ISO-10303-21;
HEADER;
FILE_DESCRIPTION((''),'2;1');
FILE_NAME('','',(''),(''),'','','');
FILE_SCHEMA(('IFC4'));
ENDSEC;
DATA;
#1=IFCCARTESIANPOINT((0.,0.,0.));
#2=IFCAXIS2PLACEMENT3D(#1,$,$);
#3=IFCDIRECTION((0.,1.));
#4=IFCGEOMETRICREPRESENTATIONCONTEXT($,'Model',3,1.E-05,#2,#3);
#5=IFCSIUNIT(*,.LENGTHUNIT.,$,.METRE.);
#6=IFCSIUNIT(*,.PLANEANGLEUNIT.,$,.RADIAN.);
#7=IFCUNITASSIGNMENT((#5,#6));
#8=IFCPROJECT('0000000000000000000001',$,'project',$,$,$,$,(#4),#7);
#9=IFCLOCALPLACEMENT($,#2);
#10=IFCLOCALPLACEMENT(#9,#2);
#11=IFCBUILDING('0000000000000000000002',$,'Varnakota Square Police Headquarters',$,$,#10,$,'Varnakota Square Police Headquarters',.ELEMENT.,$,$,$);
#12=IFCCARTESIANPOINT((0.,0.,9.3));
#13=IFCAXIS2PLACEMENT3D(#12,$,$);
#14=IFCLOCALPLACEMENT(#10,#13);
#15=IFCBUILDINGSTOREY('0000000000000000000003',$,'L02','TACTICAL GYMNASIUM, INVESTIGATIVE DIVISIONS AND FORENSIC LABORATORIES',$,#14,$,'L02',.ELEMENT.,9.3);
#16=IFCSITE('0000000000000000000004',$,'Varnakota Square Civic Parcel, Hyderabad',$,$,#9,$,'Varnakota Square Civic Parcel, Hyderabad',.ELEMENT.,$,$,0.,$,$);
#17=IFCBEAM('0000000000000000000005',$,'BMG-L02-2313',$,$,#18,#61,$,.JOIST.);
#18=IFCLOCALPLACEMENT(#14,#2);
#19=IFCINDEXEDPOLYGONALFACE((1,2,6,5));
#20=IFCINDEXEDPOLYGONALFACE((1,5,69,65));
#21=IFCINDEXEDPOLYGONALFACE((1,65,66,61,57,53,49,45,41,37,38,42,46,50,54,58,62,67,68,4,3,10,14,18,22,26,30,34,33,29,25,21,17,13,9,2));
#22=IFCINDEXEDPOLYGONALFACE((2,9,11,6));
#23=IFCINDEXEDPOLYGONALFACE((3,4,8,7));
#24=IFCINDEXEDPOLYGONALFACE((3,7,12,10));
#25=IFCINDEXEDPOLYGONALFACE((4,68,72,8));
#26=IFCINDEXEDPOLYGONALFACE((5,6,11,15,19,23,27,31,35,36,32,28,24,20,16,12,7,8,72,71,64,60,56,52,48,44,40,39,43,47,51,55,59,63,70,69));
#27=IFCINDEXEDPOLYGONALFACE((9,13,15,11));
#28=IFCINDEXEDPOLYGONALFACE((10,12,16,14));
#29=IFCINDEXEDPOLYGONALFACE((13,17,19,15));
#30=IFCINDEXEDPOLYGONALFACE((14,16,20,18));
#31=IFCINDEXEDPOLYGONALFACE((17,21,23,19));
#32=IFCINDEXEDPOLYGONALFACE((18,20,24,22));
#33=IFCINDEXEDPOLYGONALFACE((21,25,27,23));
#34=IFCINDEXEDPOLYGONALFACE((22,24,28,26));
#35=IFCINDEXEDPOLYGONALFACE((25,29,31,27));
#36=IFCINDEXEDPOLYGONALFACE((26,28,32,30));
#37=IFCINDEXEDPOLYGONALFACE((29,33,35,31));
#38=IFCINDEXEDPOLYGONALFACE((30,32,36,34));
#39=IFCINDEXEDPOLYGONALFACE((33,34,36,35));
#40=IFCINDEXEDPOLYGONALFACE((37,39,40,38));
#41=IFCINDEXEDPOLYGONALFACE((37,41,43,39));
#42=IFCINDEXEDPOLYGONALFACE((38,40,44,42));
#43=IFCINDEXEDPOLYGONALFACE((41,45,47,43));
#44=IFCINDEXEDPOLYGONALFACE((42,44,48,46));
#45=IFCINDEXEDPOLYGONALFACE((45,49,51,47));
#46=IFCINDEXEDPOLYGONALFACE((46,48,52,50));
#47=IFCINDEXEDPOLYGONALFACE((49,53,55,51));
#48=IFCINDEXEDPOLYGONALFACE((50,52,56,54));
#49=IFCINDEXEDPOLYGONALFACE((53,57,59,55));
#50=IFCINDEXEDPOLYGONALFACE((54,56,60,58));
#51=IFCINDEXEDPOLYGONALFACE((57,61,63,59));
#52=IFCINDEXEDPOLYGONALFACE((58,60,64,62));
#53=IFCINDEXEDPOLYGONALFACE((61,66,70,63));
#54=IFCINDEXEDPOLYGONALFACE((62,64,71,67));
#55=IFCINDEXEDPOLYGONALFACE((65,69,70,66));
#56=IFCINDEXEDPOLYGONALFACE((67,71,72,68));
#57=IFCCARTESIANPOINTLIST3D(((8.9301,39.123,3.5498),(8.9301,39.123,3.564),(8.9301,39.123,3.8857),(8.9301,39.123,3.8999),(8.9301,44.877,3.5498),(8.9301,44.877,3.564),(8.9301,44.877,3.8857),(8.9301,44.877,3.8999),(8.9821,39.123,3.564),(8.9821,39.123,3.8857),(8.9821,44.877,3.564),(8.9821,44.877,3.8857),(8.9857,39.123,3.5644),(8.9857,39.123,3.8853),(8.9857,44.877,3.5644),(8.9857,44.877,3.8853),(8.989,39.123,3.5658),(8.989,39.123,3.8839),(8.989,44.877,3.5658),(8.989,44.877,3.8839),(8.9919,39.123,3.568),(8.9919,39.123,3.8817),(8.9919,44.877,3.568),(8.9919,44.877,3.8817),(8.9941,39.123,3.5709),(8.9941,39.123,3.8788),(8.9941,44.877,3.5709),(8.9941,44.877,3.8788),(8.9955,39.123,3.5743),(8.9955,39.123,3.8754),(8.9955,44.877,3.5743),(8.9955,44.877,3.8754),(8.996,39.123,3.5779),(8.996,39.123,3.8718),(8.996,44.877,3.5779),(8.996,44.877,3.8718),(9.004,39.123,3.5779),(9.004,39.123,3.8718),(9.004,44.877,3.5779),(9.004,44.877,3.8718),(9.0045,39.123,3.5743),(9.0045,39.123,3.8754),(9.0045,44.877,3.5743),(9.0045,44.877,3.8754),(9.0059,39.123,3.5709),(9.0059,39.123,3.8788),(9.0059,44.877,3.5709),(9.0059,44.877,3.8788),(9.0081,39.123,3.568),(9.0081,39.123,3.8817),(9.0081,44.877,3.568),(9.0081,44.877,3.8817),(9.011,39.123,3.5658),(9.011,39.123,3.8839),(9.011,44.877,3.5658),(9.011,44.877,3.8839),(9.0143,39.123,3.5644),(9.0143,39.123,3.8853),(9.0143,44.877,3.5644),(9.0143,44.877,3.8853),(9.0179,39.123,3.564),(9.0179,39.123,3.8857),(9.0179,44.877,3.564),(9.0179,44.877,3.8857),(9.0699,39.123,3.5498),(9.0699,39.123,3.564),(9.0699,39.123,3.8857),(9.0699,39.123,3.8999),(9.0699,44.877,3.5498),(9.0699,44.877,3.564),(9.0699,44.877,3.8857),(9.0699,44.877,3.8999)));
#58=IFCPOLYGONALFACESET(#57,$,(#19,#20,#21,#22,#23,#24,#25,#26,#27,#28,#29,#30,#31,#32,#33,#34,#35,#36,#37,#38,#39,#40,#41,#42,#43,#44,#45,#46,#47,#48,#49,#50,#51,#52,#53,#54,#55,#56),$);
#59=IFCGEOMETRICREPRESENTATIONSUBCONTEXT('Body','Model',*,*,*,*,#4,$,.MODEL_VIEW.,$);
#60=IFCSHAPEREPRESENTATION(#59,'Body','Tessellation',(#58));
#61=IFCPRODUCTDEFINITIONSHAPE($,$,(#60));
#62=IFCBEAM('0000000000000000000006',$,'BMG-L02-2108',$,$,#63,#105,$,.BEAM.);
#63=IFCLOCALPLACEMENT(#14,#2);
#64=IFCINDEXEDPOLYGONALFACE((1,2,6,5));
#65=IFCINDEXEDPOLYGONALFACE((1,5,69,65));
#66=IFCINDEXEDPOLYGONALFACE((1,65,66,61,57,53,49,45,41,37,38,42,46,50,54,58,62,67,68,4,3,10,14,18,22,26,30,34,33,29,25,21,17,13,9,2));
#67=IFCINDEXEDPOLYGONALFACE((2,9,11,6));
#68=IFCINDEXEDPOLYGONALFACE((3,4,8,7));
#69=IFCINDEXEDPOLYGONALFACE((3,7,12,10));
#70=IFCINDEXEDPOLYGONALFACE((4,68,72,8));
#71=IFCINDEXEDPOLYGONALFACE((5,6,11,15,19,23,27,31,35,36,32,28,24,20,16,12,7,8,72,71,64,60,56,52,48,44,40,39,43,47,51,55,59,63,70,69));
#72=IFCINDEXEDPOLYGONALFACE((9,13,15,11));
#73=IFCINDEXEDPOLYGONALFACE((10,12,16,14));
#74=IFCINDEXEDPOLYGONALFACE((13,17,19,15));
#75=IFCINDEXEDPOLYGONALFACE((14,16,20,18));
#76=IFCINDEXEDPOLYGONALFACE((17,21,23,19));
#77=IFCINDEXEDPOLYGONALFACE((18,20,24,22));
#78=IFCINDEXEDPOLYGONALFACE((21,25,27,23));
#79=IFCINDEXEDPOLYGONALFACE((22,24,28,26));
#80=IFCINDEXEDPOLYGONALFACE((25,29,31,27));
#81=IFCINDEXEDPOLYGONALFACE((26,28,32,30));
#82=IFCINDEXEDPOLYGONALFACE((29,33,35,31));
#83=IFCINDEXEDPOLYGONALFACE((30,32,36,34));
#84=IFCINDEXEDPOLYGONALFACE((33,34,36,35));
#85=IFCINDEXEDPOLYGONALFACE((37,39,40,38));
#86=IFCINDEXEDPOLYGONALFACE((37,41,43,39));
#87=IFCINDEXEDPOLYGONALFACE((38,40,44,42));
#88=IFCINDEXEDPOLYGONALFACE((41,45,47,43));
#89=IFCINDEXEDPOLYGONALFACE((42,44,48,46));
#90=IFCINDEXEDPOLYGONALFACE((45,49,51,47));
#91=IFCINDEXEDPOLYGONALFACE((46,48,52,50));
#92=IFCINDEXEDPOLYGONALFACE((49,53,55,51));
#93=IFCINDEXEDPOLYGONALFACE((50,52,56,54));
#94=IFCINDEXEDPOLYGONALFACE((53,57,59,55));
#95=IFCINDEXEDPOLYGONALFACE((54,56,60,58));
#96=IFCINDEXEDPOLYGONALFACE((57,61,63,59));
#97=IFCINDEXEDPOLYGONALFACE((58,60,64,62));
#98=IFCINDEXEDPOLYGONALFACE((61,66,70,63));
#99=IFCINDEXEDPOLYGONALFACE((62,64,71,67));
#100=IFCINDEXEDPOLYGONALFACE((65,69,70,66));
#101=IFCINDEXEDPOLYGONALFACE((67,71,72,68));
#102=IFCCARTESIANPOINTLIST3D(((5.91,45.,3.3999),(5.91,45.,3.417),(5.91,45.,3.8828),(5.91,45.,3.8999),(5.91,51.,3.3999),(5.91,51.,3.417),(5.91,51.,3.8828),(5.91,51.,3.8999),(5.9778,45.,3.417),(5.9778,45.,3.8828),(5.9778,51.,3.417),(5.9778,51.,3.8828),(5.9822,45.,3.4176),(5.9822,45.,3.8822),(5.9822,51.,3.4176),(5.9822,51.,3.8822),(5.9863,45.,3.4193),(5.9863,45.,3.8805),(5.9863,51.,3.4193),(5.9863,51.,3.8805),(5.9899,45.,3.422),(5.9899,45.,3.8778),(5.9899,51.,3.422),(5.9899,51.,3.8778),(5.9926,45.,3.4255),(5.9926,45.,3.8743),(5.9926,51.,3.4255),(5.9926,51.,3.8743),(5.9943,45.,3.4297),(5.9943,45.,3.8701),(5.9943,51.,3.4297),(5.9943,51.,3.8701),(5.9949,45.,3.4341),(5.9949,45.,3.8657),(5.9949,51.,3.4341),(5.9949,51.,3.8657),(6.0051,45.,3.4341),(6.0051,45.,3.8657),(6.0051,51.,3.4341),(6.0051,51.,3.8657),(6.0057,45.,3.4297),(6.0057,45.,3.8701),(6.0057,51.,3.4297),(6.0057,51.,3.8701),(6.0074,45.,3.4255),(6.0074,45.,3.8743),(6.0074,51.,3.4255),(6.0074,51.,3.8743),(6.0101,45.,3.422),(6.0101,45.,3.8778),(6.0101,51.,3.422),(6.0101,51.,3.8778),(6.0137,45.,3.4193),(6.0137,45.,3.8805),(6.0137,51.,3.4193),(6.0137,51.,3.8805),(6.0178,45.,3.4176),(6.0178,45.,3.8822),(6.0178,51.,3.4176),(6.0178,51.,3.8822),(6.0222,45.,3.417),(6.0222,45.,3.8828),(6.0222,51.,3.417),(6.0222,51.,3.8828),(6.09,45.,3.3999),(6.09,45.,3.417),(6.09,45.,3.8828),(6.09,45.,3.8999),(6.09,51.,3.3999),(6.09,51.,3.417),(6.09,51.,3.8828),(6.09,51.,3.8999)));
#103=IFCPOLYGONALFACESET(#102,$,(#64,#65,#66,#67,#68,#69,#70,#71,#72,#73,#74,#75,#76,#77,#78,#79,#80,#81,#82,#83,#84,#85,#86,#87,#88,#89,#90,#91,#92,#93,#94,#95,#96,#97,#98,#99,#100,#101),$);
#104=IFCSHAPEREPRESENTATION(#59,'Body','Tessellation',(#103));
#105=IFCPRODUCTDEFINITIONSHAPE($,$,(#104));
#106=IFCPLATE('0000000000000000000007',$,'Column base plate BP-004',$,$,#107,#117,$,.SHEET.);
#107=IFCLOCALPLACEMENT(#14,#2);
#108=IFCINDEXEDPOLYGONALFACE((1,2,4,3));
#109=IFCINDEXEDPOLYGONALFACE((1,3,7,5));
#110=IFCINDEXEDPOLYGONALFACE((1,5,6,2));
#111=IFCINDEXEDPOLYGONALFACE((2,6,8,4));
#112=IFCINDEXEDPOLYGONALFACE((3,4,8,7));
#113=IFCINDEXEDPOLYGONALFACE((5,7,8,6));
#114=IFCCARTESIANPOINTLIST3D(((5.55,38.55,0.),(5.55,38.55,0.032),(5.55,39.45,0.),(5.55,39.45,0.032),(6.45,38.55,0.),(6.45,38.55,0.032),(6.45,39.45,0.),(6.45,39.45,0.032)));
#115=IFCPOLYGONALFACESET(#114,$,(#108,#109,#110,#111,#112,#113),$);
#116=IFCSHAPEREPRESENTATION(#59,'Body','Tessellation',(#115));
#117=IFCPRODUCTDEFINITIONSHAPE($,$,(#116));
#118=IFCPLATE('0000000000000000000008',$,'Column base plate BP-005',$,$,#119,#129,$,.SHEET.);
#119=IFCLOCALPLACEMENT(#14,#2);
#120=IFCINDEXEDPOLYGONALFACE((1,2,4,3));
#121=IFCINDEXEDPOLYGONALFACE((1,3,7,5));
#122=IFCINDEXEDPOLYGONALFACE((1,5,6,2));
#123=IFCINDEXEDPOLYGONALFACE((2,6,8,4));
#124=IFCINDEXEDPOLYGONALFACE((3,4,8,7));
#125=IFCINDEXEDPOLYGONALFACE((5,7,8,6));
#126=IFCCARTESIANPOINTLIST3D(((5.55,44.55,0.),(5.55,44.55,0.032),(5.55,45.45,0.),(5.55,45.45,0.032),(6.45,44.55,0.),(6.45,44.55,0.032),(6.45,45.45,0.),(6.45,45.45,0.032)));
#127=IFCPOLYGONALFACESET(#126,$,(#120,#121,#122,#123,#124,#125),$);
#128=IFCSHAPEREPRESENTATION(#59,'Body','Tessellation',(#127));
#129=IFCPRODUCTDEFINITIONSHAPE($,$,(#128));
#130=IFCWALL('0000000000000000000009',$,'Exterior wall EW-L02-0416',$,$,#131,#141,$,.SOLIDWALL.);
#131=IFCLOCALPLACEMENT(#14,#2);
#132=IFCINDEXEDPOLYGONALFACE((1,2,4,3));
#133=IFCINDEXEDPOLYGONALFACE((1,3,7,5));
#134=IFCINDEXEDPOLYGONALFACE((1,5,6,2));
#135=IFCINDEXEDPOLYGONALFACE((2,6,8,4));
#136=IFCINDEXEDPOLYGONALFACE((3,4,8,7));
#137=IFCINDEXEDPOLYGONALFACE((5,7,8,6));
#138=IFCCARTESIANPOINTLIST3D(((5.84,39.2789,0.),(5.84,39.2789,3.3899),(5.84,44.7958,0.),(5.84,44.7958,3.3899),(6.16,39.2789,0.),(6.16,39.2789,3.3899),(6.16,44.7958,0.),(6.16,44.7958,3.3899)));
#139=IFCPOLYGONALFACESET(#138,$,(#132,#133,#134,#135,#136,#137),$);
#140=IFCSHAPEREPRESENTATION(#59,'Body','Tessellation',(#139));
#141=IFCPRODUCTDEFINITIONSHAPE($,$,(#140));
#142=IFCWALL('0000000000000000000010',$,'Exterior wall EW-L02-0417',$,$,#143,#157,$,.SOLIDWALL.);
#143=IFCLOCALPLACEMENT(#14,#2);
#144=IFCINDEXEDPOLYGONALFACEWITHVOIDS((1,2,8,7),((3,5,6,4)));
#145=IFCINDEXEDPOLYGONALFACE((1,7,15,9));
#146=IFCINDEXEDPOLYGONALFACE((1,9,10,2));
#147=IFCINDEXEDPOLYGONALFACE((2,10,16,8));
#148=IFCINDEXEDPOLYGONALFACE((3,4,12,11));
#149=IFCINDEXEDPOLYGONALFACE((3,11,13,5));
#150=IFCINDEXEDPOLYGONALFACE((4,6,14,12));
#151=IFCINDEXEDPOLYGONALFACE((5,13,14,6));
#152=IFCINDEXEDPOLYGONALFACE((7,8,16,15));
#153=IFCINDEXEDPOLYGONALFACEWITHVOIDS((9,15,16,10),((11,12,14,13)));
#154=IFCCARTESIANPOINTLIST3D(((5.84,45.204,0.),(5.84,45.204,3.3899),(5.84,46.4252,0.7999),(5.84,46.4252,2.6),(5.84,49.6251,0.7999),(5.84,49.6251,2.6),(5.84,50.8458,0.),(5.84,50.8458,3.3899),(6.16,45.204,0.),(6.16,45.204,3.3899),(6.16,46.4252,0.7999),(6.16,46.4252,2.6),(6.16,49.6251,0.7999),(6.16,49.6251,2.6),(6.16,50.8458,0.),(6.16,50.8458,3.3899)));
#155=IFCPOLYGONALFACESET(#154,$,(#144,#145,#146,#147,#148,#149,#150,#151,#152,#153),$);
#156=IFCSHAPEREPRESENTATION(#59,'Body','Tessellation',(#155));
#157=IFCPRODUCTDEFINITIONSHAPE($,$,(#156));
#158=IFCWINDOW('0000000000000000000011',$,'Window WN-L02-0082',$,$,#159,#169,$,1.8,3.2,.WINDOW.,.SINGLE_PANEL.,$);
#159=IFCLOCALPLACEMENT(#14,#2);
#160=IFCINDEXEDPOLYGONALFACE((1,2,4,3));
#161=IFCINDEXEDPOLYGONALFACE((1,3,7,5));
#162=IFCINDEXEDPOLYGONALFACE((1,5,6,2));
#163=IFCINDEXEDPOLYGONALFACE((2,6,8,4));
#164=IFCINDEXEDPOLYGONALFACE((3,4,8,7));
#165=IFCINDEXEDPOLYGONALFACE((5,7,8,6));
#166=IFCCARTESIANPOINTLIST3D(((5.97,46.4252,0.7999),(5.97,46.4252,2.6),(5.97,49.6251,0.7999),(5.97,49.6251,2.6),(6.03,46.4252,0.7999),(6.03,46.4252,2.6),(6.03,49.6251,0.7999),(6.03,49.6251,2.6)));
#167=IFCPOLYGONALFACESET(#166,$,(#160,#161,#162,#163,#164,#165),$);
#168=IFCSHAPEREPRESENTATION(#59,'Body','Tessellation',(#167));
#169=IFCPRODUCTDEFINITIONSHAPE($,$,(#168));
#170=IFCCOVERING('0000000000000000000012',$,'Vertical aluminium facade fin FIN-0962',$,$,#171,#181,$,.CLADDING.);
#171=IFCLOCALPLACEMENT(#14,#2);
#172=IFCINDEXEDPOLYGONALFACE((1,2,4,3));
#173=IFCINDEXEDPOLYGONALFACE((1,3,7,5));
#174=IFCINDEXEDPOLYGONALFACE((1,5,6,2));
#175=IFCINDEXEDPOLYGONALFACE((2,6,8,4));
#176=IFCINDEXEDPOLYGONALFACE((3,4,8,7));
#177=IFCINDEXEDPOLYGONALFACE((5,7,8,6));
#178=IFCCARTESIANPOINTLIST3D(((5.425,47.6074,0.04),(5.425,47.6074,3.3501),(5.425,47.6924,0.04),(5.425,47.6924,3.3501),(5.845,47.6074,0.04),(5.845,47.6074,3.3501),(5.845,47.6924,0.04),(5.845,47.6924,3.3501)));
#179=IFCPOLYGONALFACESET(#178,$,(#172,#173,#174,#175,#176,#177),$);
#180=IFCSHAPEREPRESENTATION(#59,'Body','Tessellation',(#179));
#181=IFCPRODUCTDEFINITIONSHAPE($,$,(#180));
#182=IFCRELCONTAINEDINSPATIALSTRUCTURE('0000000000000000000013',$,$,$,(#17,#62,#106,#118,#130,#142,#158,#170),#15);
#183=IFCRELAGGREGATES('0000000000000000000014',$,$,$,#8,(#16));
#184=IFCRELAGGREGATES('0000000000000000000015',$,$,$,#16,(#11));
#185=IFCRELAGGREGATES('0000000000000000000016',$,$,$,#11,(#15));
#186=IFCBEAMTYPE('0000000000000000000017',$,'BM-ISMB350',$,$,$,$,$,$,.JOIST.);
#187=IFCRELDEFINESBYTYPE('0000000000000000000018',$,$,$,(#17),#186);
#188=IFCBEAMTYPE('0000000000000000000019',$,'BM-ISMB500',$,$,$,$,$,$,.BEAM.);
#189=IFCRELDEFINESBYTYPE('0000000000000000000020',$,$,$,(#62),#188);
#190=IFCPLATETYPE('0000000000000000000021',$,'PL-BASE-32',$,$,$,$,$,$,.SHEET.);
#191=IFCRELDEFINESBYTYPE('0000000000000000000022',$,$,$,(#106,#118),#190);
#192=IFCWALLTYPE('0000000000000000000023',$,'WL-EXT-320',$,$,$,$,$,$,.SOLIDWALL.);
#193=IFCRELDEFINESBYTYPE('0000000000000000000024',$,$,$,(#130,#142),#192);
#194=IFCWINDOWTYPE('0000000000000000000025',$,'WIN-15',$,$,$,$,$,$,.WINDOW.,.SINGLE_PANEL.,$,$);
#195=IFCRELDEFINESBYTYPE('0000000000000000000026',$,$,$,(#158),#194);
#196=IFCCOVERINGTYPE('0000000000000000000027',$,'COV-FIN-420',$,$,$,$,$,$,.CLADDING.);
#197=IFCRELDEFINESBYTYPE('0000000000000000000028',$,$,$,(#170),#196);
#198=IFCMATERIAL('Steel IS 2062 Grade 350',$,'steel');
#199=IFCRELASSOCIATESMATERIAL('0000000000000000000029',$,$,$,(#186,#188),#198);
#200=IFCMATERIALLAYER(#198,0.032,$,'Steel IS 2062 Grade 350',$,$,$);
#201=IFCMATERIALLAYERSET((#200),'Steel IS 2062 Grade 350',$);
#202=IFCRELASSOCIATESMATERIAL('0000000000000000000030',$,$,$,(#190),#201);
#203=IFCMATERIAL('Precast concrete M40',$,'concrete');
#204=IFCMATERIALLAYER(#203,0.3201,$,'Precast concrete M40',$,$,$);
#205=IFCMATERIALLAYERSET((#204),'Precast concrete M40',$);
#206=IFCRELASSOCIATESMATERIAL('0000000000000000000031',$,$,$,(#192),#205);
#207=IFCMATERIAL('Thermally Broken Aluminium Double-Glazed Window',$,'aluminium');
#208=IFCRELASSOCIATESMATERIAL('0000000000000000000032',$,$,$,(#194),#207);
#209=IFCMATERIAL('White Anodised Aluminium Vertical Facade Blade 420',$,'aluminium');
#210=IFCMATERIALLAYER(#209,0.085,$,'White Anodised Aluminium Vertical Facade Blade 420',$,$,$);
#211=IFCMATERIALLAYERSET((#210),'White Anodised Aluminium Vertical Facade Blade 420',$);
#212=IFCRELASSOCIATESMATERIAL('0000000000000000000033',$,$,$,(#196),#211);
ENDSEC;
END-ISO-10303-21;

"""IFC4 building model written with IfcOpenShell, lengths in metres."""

from ifc_helpers import new_model, si_unit, direction, frame, frame_2d, origin, origin_2d, place, context, subcontext, project, spatial, rectangle, i_section, extrude, material, layer, layer_set, material_profile, profile_set, type_object, element, fill, save


model = new_model("IFC4")

# Units and contexts
model_context = context("Model", 3, precision=1e-05, world=origin(), true_north=direction((0.0, 1.0)))
body_context = subcontext(model_context, "Body", "Model", "MODEL_VIEW")
ifc_project = project(units=[si_unit("LENGTHUNIT", "METRE"), si_unit("PLANEANGLEUNIT", "RADIAN")], contexts=[model_context])

# Site, building, storey
site_placement = place(None, origin())
site = spatial("IfcSite", under=ifc_project, at=site_placement, Name="Varnakota Square Civic Parcel, Hyderabad", LongName="Varnakota Square Civic Parcel, Hyderabad", CompositionType="ELEMENT", RefElevation=0.0)
building_placement = place(site_placement, origin())
building = spatial("IfcBuilding", under=site, at=building_placement, Name="Varnakota Square Police Headquarters", LongName="Varnakota Square Police Headquarters", CompositionType="ELEMENT")
storey_placement = place(building_placement, frame((0.0, 0.0, 9.3)))
storey = spatial("IfcBuildingStorey", under=building, at=storey_placement, Name="L02", Description="TACTICAL GYMNASIUM, INVESTIGATIVE DIVISIONS AND FORENSIC LABORATORIES", LongName="L02", CompositionType="ELEMENT", Elevation=9.3)

# Shared definitions
ifc_material_1 = material(Name="Steel IS 2062 Grade 350", Category="steel")

# Beams
ifc_material_profile_1 = material_profile(ifc_material_1, i_section(OverallWidth=0.1399, OverallDepth=0.3501, WebThickness=0.0081, FlangeThickness=0.0142, FilletRadius=0.0139, at=origin_2d()), Name="ISMB 350")
ifc_profile_set_1 = profile_set([ifc_material_profile_1], Name="Steel IS 2062 Grade 350")
beam_type_1 = type_object("IfcBeamType", Name="BM-ISMB350", PredefinedType="JOIST", material=ifc_profile_set_1)
beam_1_placement = place(storey_placement, frame((9.0, 39.123, 3.7249), z_axis=(0.0, 1.0, 0.0), x_axis=(-1.0, 0.0, 0.0)))
element("IfcBeam", 1, at=beam_1_placement, inside=storey, type_object=beam_type_1, Name="BMG-L02-2313", PredefinedType="JOIST", context=body_context, shape_type="SweptSolid", body=[
    extrude(i_section(OverallWidth=0.1399, OverallDepth=0.3501, WebThickness=0.0081, FlangeThickness=0.0142, FilletRadius=0.0139, at=origin_2d()), origin(), (0.0, 0.0, 1.0), 5.7539),
])
ifc_material_profile_2 = material_profile(ifc_material_1, i_section(OverallWidth=0.1799, OverallDepth=0.5, WebThickness=0.0103, FlangeThickness=0.0171, FilletRadius=0.0171, at=origin_2d()), Name="ISMB 500")
ifc_profile_set_2 = profile_set([ifc_material_profile_2], Name="Steel IS 2062 Grade 350")
beam_type_2 = type_object("IfcBeamType", Name="BM-ISMB500", PredefinedType="BEAM", material=ifc_profile_set_2)
beam_2_placement = place(storey_placement, frame((6.0, 45.0, 3.6499), z_axis=(0.0, 1.0, 0.0), x_axis=(-1.0, 0.0, 0.0)))
element("IfcBeam", 2, at=beam_2_placement, inside=storey, type_object=beam_type_2, Name="BMG-L02-2108", PredefinedType="BEAM", context=body_context, shape_type="SweptSolid", body=[
    extrude(i_section(OverallWidth=0.1799, OverallDepth=0.5, WebThickness=0.0103, FlangeThickness=0.0171, FilletRadius=0.0171, at=origin_2d()), origin(), (0.0, 0.0, 1.0), 6.0),
])

# Plates
ifc_layer_1 = layer(ifc_material_1, 0.032, Name="Steel IS 2062 Grade 350")
ifc_layer_set_1 = layer_set([ifc_layer_1], Name="Steel IS 2062 Grade 350")
plate_type = type_object("IfcPlateType", Name="PL-BASE-32", PredefinedType="SHEET", material=ifc_layer_set_1)
for number, where, z_axis, x_axis, name in (
    (3, (6.0, 39.0, 0.0), (0.0, 0.0, 1.0), (1.0, 0.0, 0.0), "Column base plate BP-004"),
    (4, (6.0, 45.0, 0.0), (0.0, 0.0, 1.0), (1.0, 0.0, 0.0), "Column base plate BP-005"),
):
    element("IfcPlate", number, at=place(storey_placement, frame(where, z_axis=z_axis, x_axis=x_axis)), inside=storey, type_object=plate_type, Name=name, PredefinedType="SHEET", context=body_context, shape_type="SweptSolid", body=[
        extrude(rectangle(XDim=0.8999, YDim=0.8999, at=origin_2d()), origin(), (0.0, 0.0, 1.0), 0.032),
    ])

# Wall
ifc_material_2 = material(Name="Precast concrete M40", Category="concrete")
ifc_layer_2 = layer(ifc_material_2, 0.3201, Name="Precast concrete M40")
ifc_layer_set_2 = layer_set([ifc_layer_2], Name="Precast concrete M40")
wall_type = type_object("IfcWallType", Name="WL-EXT-320", PredefinedType="SOLIDWALL", material=ifc_layer_set_2)
wall_1_placement = place(storey_placement, frame((6.0, 39.2791, 0.0), z_axis=(0.0, 0.0, 1.0), x_axis=(0.0, 1.0, 0.0)))
element("IfcWall", 5, at=wall_1_placement, inside=storey, type_object=wall_type, Name="Exterior wall EW-L02-0416", PredefinedType="SOLIDWALL", context=body_context, shape_type="SweptSolid", body=[
    extrude(rectangle(XDim=5.5168, YDim=0.3201, at=frame_2d((2.7583, 0.0))), origin(), (0.0, 0.0, 1.0), 3.3899),
])

# Wall, opening, window
wall_2_placement = place(storey_placement, frame((6.0, 45.2041, 0.0), z_axis=(0.0, 0.0, 1.0), x_axis=(0.0, 1.0, 0.0)))
wall_2 = element("IfcWall", 6, at=wall_2_placement, inside=storey, type_object=wall_type, Name="Exterior wall EW-L02-0417", PredefinedType="SOLIDWALL", context=body_context, shape_type="SweptSolid", body=[
    extrude(rectangle(XDim=5.6418, YDim=0.3201, at=frame_2d((2.8208, 0.0))), origin(), (0.0, 0.0, 1.0), 3.3899),
])
opening_placement = place(wall_2_placement, frame((1.2209, 0.0, 0.8)))
opening = element("IfcOpeningElement", 7, at=opening_placement, cuts=wall_2, PredefinedType="OPENING", context=body_context, shape_type="SweptSolid", body=[
    extrude(rectangle(XDim=3.2, YDim=1.8, at=frame_2d((1.6001, 0.8999))), frame((0.0, 0.1699, 0.0), z_axis=(0.0, -1.0, 0.0), x_axis=(1.0, 0.0, 0.0)), (0.0, 0.0, 1.0), 0.3401),
])
ifc_material_3 = material(Name="Thermally Broken Aluminium Double-Glazed Window", Category="aluminium")
window_type = type_object("IfcWindowType", Name="WIN-15", PartitioningType="SINGLE_PANEL", PredefinedType="WINDOW", material=ifc_material_3)
window_placement = place(opening_placement, origin())
window = element("IfcWindow", 8, at=window_placement, inside=storey, type_object=window_type, Name="Window WN-L02-0082", OverallHeight=1.8, OverallWidth=3.2, PartitioningType="SINGLE_PANEL", PredefinedType="WINDOW", context=body_context, shape_type="SweptSolid", body=[
    extrude(rectangle(XDim=3.2, YDim=1.8, at=frame_2d((1.6001, 0.8999))), frame((0.0, 0.03, 0.0), z_axis=(0.0, -1.0, 0.0), x_axis=(1.0, 0.0, 0.0)), (0.0, 0.0, 1.0), 0.0601),
])
fill(opening, window)

# Covering
ifc_material_4 = material(Name="White Anodised Aluminium Vertical Facade Blade 420", Category="aluminium")
ifc_layer_3 = layer(ifc_material_4, 0.085, Name="White Anodised Aluminium Vertical Facade Blade 420")
ifc_layer_set_3 = layer_set([ifc_layer_3], Name="White Anodised Aluminium Vertical Facade Blade 420")
covering_type_1 = type_object("IfcCoveringType", Name="COV-FIN-420", PredefinedType="CLADDING", material=ifc_layer_set_3)
covering_1_placement = place(storey_placement, frame((5.635, 47.6499, 0.04), z_axis=(0.0, 0.0, 1.0), x_axis=(0.0, 1.0, 0.0)))
element("IfcCovering", 9, at=covering_1_placement, inside=storey, type_object=covering_type_1, Name="Vertical aluminium facade fin FIN-0962", PredefinedType="CLADDING", context=body_context, shape_type="SweptSolid", body=[
    extrude(rectangle(XDim=0.085, YDim=0.4199, at=origin_2d()), origin(), (0.0, 0.0, 1.0), 3.3101),
])

save(model, "model.ifc")
